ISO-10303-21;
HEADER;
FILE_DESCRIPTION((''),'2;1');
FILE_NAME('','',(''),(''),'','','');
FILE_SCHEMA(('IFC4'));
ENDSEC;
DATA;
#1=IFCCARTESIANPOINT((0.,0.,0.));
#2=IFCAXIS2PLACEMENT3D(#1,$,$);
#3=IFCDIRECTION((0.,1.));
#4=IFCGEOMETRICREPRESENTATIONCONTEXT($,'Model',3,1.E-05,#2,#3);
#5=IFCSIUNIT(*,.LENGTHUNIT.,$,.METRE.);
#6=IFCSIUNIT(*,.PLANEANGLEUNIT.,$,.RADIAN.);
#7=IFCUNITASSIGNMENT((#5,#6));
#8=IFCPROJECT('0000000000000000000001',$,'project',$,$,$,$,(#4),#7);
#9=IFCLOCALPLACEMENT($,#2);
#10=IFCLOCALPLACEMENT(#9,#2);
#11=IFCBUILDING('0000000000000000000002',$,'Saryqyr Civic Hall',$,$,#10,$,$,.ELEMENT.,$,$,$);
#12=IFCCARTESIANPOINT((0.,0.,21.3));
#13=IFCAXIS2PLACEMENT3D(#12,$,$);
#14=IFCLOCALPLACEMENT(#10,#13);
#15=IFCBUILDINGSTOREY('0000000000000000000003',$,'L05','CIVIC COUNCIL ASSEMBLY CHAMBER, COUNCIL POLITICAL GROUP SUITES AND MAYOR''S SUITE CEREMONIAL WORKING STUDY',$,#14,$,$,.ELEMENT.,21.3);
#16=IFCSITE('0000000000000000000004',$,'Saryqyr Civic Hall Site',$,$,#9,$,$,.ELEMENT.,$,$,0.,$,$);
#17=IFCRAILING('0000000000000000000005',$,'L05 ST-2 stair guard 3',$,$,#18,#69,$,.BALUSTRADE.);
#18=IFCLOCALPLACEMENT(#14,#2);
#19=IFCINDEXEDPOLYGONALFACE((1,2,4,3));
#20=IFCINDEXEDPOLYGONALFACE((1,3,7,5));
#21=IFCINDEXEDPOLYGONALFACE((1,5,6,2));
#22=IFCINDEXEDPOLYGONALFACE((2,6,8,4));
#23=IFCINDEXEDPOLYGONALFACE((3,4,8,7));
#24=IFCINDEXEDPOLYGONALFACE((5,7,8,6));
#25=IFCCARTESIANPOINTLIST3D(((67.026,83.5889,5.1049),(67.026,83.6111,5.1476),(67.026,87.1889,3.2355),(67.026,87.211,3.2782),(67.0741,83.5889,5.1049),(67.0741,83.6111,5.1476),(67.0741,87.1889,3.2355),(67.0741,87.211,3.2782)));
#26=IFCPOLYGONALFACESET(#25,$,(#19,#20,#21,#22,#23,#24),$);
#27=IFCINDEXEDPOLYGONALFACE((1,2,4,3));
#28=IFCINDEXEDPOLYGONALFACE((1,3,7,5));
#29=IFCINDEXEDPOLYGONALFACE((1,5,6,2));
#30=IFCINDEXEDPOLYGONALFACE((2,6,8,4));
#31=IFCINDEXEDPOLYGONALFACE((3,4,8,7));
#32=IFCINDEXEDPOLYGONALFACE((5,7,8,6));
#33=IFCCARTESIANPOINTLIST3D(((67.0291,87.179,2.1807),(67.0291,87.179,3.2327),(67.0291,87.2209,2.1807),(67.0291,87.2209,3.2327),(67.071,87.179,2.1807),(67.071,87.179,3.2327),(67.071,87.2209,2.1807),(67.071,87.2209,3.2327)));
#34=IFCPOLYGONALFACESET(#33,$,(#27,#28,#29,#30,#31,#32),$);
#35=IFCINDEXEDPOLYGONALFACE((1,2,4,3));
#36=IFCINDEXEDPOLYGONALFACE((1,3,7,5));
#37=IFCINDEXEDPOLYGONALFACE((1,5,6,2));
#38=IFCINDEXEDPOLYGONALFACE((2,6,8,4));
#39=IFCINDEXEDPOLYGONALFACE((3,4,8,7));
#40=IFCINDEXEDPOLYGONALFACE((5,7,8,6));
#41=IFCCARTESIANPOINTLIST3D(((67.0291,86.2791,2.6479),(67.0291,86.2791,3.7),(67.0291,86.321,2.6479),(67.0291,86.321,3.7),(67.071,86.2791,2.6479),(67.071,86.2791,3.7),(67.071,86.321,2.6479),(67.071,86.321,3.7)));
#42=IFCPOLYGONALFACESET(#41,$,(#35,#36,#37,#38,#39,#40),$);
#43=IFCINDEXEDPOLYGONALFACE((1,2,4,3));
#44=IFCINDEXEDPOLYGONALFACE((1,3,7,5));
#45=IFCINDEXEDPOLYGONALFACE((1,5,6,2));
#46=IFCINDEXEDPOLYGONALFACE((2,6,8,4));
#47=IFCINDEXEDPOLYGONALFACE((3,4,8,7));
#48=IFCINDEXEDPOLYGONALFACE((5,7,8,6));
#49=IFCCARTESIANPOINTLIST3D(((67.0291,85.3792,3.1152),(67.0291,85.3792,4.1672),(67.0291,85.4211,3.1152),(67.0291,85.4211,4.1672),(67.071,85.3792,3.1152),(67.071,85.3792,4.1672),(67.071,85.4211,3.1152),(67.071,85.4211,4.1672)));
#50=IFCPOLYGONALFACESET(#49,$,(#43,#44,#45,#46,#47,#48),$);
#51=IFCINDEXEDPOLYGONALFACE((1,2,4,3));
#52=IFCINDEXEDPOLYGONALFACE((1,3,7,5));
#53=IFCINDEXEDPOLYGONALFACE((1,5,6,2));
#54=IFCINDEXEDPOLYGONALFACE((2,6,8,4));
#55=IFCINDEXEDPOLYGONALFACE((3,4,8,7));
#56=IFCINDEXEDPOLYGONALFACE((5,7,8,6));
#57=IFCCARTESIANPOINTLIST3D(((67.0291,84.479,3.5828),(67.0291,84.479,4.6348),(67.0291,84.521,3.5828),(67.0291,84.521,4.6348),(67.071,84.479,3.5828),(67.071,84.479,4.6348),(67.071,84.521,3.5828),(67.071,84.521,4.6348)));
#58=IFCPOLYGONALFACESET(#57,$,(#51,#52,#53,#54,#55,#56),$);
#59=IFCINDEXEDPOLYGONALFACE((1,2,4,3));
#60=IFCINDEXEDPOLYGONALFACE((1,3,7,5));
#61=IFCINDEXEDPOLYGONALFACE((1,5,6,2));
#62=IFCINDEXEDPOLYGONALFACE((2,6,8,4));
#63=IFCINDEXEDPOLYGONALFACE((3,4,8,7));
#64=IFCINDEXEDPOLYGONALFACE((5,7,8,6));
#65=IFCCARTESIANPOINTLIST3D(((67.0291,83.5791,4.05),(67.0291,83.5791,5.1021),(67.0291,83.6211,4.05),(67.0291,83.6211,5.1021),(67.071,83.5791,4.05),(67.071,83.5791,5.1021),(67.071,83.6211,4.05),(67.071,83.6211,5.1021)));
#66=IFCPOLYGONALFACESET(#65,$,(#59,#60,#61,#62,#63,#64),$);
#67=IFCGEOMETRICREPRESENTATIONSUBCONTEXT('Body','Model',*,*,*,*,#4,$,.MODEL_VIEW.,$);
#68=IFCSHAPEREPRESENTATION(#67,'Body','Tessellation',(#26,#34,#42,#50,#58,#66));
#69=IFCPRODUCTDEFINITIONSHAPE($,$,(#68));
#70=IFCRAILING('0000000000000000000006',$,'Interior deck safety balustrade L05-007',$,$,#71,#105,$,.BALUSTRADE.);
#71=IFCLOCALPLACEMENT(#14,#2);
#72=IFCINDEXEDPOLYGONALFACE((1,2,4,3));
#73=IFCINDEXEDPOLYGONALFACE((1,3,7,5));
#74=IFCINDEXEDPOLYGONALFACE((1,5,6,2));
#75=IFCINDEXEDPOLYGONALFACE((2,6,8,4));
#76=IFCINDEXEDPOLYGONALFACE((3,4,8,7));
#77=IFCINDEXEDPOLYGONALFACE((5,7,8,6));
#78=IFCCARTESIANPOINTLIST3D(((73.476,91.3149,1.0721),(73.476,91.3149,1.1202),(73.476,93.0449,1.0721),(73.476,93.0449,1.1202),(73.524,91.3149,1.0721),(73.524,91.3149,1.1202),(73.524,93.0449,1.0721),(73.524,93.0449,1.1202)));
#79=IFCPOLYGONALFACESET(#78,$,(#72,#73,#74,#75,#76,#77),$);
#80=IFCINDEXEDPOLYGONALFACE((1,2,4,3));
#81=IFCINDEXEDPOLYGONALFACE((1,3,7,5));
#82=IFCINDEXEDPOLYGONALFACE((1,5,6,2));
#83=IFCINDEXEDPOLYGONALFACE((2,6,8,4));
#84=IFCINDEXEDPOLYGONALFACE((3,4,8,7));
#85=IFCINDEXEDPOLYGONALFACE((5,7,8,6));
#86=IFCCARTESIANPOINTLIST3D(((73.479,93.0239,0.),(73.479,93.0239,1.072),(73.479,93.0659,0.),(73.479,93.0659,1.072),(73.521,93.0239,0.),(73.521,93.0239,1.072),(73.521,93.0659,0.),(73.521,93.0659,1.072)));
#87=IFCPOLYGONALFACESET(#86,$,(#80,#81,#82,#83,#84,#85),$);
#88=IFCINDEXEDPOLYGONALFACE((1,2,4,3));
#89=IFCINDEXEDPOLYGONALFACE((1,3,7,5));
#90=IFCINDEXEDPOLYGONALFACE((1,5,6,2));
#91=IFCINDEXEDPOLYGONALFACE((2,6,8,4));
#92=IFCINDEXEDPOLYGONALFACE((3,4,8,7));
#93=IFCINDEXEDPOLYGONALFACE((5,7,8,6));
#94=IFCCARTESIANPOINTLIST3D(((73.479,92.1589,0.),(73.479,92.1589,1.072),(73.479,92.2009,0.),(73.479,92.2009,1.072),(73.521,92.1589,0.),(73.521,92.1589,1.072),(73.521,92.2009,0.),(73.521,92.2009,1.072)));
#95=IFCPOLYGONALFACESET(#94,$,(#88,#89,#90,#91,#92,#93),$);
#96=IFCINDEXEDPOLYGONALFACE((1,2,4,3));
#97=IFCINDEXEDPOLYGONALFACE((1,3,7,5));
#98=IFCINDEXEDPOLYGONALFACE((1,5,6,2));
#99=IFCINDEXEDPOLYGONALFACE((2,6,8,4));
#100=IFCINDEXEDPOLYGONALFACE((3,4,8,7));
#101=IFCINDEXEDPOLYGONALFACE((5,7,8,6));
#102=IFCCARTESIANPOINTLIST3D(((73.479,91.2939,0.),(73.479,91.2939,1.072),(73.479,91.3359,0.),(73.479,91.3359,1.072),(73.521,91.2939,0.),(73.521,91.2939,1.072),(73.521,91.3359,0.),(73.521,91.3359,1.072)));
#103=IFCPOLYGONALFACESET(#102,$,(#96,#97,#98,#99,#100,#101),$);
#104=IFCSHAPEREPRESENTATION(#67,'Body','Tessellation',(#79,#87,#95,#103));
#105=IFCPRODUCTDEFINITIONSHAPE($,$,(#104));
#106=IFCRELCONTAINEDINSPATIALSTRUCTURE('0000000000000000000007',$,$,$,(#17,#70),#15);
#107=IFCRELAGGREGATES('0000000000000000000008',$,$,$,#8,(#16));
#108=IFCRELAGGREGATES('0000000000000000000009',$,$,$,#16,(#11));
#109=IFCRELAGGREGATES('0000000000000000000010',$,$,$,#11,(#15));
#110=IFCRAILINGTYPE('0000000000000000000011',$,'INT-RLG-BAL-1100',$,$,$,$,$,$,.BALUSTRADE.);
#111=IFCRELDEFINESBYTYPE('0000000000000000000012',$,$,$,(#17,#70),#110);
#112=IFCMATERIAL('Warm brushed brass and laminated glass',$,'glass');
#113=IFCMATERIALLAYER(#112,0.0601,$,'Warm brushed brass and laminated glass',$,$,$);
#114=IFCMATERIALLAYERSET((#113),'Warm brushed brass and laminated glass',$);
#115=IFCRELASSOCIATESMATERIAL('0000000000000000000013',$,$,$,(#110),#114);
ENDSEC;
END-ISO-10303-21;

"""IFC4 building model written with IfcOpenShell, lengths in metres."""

from ifc_helpers import new_model, si_unit, direction, frame, origin, origin_2d, place, context, subcontext, project, spatial, rectangle, extrude, material, layer, layer_set, type_object, element, save


model = new_model("IFC4")

# Units and contexts
model_context = context("Model", 3, precision=1e-05, world=origin(), true_north=direction((0.0, 1.0)))
body_context = subcontext(model_context, "Body", "Model", "MODEL_VIEW")
ifc_project = project(units=[si_unit("LENGTHUNIT", "METRE"), si_unit("PLANEANGLEUNIT", "RADIAN")], contexts=[model_context])

# Site, building, storey
site_placement = place(None, origin())
site = spatial("IfcSite", under=ifc_project, at=site_placement, Name="Saryqyr Civic Hall Site", CompositionType="ELEMENT", RefElevation=0.0)
building_placement = place(site_placement, origin())
building = spatial("IfcBuilding", under=site, at=building_placement, Name="Saryqyr Civic Hall", CompositionType="ELEMENT")
storey_placement = place(building_placement, frame((0.0, 0.0, 21.3)))
storey = spatial("IfcBuildingStorey", under=building, at=storey_placement, Name="L05", Description="CIVIC COUNCIL ASSEMBLY CHAMBER, COUNCIL POLITICAL GROUP SUITES AND MAYOR'S SUITE CEREMONIAL WORKING STUDY", CompositionType="ELEMENT", Elevation=21.3)

# Railings
ifc_material_1 = material(Name="Warm brushed brass and laminated glass", Category="glass")
ifc_layer_1 = layer(ifc_material_1, 0.0601, Name="Warm brushed brass and laminated glass")
ifc_layer_set_1 = layer_set([ifc_layer_1], Name="Warm brushed brass and laminated glass")
railing_type_1 = type_object("IfcRailingType", Name="INT-RLG-BAL-1100", PredefinedType="BALUSTRADE", material=ifc_layer_set_1)
railing_1_placement = place(storey_placement, frame((67.05, 87.2, 2.1807)))
element("IfcRailing", 1, at=railing_1_placement, inside=storey, type_object=railing_type_1, Name="L05 ST-2 stair guard 3", PredefinedType="BALUSTRADE", context=body_context, shape_type="SweptSolid", body=[
    extrude(rectangle(XDim=0.0481, YDim=0.0481, at=origin_2d()), frame((0.0, 0.0, 1.0762), z_axis=(0.0, -0.887473, 0.46086), x_axis=(1.0, 0.0, 0.0)), (0.0, 0.0, 1.0), 4.0564),
    extrude(rectangle(XDim=0.042, YDim=0.042, at=origin_2d()), origin(), (0.0, 0.0, 1.0), 1.052),
    extrude(rectangle(XDim=0.042, YDim=0.042, at=origin_2d()), frame((0.0, -0.8999, 0.4673)), (0.0, 0.0, 1.0), 1.052),
    extrude(rectangle(XDim=0.042, YDim=0.042, at=origin_2d()), frame((0.0, -1.7998, 0.9346)), (0.0, 0.0, 1.0), 1.052),
    extrude(rectangle(XDim=0.042, YDim=0.042, at=origin_2d()), frame((0.0, -2.7, 1.4021)), (0.0, 0.0, 1.0), 1.052),
    extrude(rectangle(XDim=0.042, YDim=0.042, at=origin_2d()), frame((0.0, -3.5999, 1.8694)), (0.0, 0.0, 1.0), 1.052),
])
railing_2_placement = place(storey_placement, frame((73.5, 93.0449, 0.0)))
element("IfcRailing", 2, at=railing_2_placement, inside=storey, type_object=railing_type_1, Name="Interior deck safety balustrade L05-007", PredefinedType="BALUSTRADE", context=body_context, shape_type="SweptSolid", body=[
    extrude(rectangle(XDim=0.0481, YDim=0.0481, at=origin_2d()), frame((0.0, 0.0, 1.0962), z_axis=(0.0, -1.0, 0.0), x_axis=(1.0, 0.0, 0.0)), (0.0, 0.0, 1.0), 1.73),
    extrude(rectangle(XDim=0.042, YDim=0.042, at=origin_2d()), origin(), (0.0, 0.0, 1.0), 1.072),
    extrude(rectangle(XDim=0.042, YDim=0.042, at=origin_2d()), frame((0.0, -0.865, 0.0)), (0.0, 0.0, 1.0), 1.072),
    extrude(rectangle(XDim=0.042, YDim=0.042, at=origin_2d()), frame((0.0, -1.73, 0.0)), (0.0, 0.0, 1.0), 1.072),
])

save(model, "model.ifc")
